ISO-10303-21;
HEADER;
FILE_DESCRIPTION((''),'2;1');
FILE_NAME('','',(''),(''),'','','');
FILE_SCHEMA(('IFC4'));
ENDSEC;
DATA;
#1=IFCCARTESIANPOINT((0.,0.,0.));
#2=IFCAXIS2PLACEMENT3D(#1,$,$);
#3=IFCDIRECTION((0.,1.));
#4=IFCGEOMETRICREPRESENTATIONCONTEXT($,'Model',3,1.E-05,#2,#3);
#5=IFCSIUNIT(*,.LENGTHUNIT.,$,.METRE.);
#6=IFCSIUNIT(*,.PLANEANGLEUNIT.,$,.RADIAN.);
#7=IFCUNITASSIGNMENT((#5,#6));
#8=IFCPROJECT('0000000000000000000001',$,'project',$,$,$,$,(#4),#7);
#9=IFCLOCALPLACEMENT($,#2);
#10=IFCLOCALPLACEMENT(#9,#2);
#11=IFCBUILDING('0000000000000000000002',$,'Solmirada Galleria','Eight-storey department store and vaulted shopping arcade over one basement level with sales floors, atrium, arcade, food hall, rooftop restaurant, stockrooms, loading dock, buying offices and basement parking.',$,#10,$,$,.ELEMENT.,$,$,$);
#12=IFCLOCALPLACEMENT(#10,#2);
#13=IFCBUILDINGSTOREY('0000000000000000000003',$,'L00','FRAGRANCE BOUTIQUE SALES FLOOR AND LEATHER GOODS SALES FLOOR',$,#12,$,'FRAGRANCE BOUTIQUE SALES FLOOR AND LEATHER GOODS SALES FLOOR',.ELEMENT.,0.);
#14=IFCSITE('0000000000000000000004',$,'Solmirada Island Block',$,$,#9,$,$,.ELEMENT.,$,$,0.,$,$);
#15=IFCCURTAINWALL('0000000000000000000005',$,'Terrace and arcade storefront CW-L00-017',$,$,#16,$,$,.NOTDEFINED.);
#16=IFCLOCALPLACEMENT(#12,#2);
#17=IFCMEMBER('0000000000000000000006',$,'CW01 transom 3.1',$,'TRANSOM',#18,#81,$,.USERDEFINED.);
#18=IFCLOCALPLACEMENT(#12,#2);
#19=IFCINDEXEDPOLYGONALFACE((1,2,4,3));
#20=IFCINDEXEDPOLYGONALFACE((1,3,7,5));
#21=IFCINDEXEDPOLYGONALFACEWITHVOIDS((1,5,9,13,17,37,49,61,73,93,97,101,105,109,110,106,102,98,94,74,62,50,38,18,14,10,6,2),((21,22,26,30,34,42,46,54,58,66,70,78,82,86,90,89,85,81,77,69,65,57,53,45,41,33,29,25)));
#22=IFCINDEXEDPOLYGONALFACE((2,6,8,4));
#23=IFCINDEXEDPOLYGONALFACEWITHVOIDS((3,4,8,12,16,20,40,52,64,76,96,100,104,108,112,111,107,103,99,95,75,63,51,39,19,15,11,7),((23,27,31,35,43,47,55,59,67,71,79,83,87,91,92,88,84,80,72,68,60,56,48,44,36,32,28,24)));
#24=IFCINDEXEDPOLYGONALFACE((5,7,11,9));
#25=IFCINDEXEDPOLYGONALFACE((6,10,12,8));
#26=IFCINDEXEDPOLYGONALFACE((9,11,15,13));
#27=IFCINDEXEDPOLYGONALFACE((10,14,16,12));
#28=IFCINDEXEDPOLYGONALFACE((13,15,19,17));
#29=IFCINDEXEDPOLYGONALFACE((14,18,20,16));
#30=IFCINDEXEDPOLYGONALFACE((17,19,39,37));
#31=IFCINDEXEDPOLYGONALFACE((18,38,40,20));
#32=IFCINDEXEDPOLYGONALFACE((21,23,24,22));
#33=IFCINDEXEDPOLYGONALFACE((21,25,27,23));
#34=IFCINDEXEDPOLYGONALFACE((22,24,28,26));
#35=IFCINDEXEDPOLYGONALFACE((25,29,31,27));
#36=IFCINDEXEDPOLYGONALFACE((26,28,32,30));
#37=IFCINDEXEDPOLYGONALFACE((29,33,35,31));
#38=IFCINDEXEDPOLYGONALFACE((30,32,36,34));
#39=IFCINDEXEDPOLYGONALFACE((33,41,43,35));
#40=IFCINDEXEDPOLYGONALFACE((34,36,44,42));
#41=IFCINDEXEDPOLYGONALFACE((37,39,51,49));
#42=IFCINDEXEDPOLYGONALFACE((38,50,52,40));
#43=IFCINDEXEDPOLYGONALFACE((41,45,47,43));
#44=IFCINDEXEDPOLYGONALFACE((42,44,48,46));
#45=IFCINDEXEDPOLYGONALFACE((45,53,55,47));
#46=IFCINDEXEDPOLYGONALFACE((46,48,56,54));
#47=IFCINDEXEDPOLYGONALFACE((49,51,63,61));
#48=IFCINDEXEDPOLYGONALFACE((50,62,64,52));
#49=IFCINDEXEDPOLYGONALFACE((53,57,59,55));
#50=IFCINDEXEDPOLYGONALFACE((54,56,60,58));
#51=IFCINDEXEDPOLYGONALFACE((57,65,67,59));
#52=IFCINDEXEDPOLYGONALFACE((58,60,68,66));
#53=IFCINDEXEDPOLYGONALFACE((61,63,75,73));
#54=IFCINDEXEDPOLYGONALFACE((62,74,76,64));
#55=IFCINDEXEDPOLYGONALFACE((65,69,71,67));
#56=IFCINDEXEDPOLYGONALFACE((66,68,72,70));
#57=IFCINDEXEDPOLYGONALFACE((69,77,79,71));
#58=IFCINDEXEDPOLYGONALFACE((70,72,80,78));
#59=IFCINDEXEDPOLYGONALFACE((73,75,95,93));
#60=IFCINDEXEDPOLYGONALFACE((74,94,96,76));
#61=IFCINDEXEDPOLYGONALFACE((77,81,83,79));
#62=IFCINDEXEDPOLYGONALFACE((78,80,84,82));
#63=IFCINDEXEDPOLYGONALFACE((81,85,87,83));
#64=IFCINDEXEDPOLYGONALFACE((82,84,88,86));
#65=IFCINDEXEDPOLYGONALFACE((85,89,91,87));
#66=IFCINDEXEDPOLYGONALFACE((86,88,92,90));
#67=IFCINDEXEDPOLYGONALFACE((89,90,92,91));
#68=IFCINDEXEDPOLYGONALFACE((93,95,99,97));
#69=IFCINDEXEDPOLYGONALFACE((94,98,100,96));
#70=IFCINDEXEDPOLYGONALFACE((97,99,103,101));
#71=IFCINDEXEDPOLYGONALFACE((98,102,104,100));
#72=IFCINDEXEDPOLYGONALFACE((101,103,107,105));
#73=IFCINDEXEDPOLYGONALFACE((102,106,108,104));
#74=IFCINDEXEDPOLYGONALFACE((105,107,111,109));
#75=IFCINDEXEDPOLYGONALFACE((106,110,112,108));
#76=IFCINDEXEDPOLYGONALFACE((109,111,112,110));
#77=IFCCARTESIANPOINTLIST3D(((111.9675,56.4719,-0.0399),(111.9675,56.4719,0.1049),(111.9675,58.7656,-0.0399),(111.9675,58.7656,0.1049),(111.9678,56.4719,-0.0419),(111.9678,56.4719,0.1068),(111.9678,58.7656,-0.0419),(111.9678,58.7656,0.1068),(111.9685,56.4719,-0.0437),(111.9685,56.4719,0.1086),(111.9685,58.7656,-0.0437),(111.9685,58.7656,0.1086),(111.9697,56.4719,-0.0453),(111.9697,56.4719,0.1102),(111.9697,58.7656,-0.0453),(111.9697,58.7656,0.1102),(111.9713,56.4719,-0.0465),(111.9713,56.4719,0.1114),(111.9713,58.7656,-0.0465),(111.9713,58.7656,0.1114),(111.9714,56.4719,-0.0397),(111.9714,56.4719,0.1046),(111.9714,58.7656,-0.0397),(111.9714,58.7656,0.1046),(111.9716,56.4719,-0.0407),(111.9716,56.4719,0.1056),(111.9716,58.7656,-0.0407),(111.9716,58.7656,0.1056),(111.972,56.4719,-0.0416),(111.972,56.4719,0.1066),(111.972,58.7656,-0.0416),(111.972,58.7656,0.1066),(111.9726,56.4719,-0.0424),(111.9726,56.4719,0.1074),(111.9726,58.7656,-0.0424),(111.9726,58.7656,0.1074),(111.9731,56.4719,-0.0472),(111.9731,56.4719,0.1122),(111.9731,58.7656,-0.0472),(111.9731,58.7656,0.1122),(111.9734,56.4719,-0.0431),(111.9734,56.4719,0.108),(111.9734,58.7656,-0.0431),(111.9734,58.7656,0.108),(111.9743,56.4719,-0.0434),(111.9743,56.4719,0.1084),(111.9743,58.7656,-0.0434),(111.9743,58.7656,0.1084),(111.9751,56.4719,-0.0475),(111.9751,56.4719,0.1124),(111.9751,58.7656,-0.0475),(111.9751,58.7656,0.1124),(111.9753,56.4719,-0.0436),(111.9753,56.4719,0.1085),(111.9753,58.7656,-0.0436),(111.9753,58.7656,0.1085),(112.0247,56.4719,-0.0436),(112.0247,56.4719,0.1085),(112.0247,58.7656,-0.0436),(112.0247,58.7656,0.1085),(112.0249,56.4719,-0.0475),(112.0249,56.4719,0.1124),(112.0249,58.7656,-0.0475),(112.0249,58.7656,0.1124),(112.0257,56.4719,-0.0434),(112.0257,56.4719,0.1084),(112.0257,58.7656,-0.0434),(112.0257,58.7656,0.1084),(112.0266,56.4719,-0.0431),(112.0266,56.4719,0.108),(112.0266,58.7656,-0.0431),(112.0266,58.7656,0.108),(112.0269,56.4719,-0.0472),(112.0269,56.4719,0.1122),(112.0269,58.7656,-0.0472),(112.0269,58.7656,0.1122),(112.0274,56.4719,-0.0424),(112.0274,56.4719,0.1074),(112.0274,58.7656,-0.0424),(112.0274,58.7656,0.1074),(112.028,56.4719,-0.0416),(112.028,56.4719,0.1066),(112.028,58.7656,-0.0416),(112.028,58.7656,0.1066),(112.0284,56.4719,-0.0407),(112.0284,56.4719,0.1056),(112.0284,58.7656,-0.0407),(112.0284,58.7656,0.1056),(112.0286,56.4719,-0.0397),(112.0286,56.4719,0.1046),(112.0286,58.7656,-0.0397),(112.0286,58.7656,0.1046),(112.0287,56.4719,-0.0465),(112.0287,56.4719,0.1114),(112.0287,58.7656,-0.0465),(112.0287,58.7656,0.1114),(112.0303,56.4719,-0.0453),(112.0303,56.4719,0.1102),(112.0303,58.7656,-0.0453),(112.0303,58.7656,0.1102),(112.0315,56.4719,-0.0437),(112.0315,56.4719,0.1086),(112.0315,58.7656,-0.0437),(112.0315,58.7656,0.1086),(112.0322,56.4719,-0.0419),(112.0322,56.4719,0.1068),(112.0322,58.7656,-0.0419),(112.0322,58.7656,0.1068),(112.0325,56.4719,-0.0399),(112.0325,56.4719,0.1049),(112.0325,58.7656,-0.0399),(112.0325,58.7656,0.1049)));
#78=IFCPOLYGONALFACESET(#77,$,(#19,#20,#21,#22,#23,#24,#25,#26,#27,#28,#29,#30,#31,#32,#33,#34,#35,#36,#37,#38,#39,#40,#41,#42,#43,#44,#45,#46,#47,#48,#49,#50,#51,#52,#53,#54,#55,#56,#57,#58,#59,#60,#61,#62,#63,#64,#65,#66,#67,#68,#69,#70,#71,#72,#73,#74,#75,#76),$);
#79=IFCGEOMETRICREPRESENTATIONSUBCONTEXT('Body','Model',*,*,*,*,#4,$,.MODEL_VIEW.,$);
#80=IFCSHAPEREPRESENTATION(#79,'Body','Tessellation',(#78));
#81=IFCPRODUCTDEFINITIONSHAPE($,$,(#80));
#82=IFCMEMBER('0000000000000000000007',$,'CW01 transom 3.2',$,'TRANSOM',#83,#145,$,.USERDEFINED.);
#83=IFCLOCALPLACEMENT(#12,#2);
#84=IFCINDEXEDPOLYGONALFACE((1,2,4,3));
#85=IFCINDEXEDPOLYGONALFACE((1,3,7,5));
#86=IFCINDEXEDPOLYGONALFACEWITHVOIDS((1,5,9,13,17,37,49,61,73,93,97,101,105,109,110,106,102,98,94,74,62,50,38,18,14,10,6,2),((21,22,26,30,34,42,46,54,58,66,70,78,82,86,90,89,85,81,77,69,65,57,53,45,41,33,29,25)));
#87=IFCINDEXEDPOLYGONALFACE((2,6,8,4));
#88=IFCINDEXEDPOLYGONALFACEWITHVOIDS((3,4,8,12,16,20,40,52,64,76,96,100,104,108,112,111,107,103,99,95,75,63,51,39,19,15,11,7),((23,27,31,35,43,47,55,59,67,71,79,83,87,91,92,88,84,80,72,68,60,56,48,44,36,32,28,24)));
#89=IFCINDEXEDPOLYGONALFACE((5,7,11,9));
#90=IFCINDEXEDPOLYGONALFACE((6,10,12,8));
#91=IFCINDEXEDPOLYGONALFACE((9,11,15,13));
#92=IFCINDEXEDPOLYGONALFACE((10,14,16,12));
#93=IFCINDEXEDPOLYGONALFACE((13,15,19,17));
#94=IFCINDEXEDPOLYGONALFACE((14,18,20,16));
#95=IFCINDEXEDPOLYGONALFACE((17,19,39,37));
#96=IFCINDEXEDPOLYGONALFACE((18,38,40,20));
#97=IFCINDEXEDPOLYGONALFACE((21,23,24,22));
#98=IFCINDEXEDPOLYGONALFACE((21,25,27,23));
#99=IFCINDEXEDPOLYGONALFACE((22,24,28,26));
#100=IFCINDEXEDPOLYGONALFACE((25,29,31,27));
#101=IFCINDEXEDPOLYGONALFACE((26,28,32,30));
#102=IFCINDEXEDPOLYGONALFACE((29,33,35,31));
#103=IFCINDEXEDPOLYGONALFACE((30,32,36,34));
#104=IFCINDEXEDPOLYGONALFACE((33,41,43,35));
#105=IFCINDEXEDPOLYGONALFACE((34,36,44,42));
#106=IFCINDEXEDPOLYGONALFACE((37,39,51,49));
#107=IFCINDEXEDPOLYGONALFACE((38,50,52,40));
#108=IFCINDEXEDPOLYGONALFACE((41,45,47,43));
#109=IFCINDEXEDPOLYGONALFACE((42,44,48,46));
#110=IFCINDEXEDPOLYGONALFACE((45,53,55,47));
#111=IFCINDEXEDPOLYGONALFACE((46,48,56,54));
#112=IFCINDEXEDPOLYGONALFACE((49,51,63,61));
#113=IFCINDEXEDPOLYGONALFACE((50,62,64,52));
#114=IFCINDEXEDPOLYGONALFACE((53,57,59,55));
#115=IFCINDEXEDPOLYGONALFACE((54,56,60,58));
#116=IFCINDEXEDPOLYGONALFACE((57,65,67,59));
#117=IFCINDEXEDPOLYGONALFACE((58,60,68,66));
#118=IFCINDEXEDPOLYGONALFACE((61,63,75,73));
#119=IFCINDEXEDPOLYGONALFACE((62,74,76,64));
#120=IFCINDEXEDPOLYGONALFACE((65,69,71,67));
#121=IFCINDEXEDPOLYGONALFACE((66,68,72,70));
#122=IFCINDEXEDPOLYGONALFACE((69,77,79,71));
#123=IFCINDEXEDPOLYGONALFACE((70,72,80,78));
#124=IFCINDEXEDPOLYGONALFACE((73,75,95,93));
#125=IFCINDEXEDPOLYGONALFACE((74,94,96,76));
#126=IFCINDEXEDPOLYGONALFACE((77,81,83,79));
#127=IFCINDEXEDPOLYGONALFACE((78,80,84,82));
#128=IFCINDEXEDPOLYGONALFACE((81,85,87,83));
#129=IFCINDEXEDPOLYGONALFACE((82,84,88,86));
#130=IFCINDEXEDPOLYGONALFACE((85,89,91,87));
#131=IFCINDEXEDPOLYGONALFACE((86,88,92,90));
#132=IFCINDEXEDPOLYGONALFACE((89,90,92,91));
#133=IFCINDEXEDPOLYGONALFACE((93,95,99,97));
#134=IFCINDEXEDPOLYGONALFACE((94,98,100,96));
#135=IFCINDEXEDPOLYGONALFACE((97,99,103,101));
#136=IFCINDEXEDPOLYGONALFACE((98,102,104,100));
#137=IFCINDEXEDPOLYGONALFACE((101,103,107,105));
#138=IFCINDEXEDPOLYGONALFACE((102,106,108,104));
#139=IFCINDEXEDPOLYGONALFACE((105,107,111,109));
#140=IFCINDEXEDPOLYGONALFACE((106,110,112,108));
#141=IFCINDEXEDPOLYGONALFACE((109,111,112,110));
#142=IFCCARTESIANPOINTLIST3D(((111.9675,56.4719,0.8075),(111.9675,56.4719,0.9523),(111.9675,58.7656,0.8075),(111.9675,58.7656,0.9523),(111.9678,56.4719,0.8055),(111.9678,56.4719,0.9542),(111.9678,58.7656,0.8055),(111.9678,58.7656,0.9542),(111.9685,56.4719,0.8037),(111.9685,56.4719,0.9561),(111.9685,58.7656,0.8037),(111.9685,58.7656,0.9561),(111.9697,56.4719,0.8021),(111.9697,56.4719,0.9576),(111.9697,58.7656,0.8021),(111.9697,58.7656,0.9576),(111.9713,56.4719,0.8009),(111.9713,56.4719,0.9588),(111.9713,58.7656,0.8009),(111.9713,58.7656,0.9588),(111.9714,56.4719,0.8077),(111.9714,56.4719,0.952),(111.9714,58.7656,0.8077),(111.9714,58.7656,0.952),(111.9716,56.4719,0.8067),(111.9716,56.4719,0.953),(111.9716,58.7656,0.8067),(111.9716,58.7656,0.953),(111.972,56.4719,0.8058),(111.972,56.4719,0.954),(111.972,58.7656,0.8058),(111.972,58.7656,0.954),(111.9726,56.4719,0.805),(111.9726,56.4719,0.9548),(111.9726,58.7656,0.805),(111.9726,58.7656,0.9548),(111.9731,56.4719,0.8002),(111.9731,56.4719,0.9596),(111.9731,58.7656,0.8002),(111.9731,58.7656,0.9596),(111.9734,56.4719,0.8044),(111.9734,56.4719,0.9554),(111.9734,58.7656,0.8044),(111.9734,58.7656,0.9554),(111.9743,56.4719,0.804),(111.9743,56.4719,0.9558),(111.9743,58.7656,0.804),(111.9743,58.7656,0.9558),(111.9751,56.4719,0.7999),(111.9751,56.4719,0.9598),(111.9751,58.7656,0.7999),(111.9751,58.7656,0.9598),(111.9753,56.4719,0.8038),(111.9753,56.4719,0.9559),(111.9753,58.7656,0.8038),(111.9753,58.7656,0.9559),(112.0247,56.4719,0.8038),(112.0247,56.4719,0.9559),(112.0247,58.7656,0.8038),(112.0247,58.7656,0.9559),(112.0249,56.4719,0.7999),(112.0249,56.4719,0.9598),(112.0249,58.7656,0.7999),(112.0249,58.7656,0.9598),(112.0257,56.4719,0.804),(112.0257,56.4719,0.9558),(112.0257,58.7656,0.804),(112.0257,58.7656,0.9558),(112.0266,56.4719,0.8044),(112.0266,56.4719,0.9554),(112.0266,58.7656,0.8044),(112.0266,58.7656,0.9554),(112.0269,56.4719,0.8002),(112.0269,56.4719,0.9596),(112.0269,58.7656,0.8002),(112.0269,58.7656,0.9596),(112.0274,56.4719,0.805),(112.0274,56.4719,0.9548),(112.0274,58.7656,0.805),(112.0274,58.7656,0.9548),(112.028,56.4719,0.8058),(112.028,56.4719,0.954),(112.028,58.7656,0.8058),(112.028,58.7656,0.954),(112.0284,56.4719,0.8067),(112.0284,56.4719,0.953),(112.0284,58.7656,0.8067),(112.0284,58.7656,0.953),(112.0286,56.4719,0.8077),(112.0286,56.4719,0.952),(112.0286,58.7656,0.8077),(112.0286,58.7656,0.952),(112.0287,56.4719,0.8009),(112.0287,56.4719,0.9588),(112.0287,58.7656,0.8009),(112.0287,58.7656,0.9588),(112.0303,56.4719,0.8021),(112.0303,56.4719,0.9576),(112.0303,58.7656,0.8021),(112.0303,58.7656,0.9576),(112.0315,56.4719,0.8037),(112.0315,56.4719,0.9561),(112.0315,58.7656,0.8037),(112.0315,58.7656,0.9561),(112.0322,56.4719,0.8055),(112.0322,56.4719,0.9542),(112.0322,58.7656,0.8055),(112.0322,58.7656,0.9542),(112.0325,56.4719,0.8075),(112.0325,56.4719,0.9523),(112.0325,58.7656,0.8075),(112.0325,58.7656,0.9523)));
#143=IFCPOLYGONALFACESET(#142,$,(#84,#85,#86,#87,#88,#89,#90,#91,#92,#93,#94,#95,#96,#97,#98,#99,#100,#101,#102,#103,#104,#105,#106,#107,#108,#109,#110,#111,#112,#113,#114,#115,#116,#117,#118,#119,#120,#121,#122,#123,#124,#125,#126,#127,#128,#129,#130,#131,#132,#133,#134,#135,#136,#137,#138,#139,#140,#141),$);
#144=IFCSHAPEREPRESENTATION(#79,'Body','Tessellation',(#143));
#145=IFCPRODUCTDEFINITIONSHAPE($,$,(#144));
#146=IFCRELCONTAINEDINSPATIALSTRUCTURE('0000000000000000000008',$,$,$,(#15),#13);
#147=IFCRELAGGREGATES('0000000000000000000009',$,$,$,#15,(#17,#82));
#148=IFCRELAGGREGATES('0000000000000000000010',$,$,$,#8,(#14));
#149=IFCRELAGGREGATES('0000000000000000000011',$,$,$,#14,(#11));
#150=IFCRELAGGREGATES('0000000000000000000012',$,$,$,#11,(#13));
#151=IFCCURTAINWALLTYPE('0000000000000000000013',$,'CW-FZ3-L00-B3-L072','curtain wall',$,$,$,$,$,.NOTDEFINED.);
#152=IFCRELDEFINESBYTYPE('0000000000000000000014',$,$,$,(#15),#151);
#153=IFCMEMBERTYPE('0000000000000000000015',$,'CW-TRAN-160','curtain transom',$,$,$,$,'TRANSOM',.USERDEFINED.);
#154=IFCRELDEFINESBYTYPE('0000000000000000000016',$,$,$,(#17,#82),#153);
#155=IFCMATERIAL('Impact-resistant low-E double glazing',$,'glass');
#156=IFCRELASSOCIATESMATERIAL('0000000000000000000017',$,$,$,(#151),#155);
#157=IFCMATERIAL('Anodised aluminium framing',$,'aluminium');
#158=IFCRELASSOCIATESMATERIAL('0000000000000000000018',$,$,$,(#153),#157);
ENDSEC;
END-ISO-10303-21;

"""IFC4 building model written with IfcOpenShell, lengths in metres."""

from ifc_helpers import new_model, si_unit, direction, frame, origin, origin_2d, place, context, subcontext, project, spatial, hollow_rectangle, extrude, material, material_profile, profile_set, type_object, element, aggregate, save


model = new_model("IFC4")

# Units and contexts
model_context = context("Model", 3, precision=1e-05, world=origin(), true_north=direction((0.0, 1.0)))
body_context = subcontext(model_context, "Body", "Model", "MODEL_VIEW")
ifc_project = project(units=[si_unit("LENGTHUNIT", "METRE"), si_unit("PLANEANGLEUNIT", "RADIAN")], contexts=[model_context])

# Site, building, storey
site_placement = place(None, origin())
site = spatial("IfcSite", under=ifc_project, at=site_placement, Name="Solmirada Island Block", CompositionType="ELEMENT", RefElevation=0.0)
building_placement = place(site_placement, origin())
building = spatial("IfcBuilding", under=site, at=building_placement, Name="Solmirada Galleria", Description="Eight-storey department store and vaulted shopping arcade over one basement level with sales floors, atrium, arcade, food hall, rooftop restaurant, stockrooms, loading dock, buying offices and basement parking.", CompositionType="ELEMENT")
storey_placement = place(building_placement, origin())
storey = spatial("IfcBuildingStorey", under=building, at=storey_placement, Name="L00", Description="FRAGRANCE BOUTIQUE SALES FLOOR AND LEATHER GOODS SALES FLOOR", LongName="FRAGRANCE BOUTIQUE SALES FLOOR AND LEATHER GOODS SALES FLOOR", CompositionType="ELEMENT", Elevation=0.0)

# Curtain wall
ifc_material_1 = material(Name="Impact-resistant low-E double glazing", Category="glass")
curtain_wall_type_1 = type_object("IfcCurtainWallType", Name="CW-FZ3-L00-B3-L072", Description="curtain wall", PredefinedType="NOTDEFINED", material=ifc_material_1)
curtain_wall_1_placement = place(storey_placement, origin())
curtain_wall_1 = element("IfcCurtainWall", 1, at=curtain_wall_1_placement, inside=storey, type_object=curtain_wall_type_1, Name="Terrace and arcade storefront CW-L00-017", PredefinedType="NOTDEFINED")
ifc_material_2 = material(Name="Anodised aluminium framing", Category="aluminium")

# Members
ifc_material_profile_1 = material_profile(ifc_material_2, hollow_rectangle(XDim=0.0649, YDim=0.1599, WallThickness=0.0039, InnerFilletRadius=0.0039, OuterFilletRadius=0.0076, at=origin_2d()), Name="ALU-TRAN-160X65")
ifc_profile_set_1 = profile_set([ifc_material_profile_1], Name="Anodised aluminium framing")
member_type_1 = type_object("IfcMemberType", Name="CW-TRAN-160", Description="curtain transom", ElementType="TRANSOM", PredefinedType="USERDEFINED", material=ifc_profile_set_1)
member_1_placement = place(storey_placement, frame((112.0, 58.7656, 0.0325), z_axis=(0.0, -1.0, 0.0), x_axis=(1.0, 0.0, 0.0)))
member_1 = element("IfcMember", 2, at=member_1_placement, type_object=member_type_1, Name="CW01 transom 3.1", ObjectType="TRANSOM", PredefinedType="USERDEFINED", context=body_context, shape_type="SweptSolid", body=[
    extrude(hollow_rectangle(XDim=0.0649, YDim=0.1599, WallThickness=0.0039, InnerFilletRadius=0.0039, OuterFilletRadius=0.0076, at=origin_2d()), origin(), (0.0, 0.0, 1.0), 2.2937),
])
member_2_placement = place(storey_placement, frame((112.0, 58.7656, 0.8799), z_axis=(0.0, -1.0, 0.0), x_axis=(1.0, 0.0, 0.0)))
member_2 = element("IfcMember", 3, at=member_2_placement, type_object=member_type_1, Name="CW01 transom 3.2", ObjectType="TRANSOM", PredefinedType="USERDEFINED", context=body_context, shape_type="SweptSolid", body=[
    extrude(hollow_rectangle(XDim=0.0649, YDim=0.1599, WallThickness=0.0039, InnerFilletRadius=0.0039, OuterFilletRadius=0.0076, at=origin_2d()), origin(), (0.0, 0.0, 1.0), 2.2937),
])

aggregate(curtain_wall_1, [member_1, member_2])

save(model, "model.ifc")
